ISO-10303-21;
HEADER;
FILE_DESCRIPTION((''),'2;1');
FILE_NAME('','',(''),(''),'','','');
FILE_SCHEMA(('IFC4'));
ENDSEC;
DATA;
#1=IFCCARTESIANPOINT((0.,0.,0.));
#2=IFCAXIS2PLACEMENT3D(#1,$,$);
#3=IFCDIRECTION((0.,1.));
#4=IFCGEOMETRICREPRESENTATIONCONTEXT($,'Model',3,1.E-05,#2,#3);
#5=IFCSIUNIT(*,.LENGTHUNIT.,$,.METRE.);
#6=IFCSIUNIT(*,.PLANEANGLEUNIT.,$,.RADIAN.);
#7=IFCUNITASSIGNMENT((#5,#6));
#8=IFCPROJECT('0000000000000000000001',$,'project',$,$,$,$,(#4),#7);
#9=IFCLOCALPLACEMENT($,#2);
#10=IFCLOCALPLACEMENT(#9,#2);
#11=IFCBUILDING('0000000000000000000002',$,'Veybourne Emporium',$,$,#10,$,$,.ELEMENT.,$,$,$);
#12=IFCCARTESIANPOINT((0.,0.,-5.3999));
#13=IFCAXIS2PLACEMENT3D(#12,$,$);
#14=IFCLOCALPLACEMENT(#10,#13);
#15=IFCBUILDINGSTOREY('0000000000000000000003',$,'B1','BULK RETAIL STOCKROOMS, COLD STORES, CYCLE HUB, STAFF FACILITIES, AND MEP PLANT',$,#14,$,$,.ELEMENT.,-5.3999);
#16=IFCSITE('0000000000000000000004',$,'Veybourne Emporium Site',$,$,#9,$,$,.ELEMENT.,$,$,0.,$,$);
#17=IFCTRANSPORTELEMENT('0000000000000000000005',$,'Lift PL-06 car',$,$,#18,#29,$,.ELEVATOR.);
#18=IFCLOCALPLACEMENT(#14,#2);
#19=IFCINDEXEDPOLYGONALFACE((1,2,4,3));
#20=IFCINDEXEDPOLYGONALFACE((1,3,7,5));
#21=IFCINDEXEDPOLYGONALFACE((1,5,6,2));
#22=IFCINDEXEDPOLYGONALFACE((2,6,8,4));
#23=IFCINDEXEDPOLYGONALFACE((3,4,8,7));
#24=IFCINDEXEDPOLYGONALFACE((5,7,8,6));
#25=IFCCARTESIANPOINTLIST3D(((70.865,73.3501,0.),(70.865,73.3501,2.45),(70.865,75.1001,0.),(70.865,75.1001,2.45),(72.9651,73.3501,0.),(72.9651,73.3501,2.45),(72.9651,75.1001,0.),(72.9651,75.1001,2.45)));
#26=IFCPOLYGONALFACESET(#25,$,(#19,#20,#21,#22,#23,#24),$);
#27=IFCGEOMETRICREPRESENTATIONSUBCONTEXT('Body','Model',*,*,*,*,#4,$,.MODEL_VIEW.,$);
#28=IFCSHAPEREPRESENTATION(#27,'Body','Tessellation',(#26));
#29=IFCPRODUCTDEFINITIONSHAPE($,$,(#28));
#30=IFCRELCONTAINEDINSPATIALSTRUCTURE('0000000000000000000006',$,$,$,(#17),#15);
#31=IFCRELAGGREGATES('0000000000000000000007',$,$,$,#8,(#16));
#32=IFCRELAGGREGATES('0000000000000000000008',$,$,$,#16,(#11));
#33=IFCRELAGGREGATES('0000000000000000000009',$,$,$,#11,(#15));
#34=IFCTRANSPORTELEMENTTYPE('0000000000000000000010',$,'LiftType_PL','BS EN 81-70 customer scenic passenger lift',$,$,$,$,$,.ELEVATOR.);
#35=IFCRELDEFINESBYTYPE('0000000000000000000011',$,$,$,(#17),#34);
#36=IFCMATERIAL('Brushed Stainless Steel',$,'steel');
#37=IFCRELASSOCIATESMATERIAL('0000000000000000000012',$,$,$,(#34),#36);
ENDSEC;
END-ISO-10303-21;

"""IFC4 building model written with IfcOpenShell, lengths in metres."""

from ifc_helpers import new_model, si_unit, direction, frame, origin, origin_2d, place, context, subcontext, project, spatial, rectangle, extrude, material, type_object, element, save


model = new_model("IFC4")

# Units and contexts
model_context = context("Model", 3, precision=1e-05, world=origin(), true_north=direction((0.0, 1.0)))
body_context = subcontext(model_context, "Body", "Model", "MODEL_VIEW")
ifc_project = project(units=[si_unit("LENGTHUNIT", "METRE"), si_unit("PLANEANGLEUNIT", "RADIAN")], contexts=[model_context])

# Site, building, storey
site_placement = place(None, origin())
site = spatial("IfcSite", under=ifc_project, at=site_placement, Name="Veybourne Emporium Site", CompositionType="ELEMENT", RefElevation=0.0)
building_placement = place(site_placement, origin())
building = spatial("IfcBuilding", under=site, at=building_placement, Name="Veybourne Emporium", CompositionType="ELEMENT")
storey_placement = place(building_placement, frame((0.0, 0.0, -5.3999)))
storey = spatial("IfcBuildingStorey", under=building, at=storey_placement, Name="B1", Description="BULK RETAIL STOCKROOMS, COLD STORES, CYCLE HUB, STAFF FACILITIES, AND MEP PLANT", CompositionType="ELEMENT", Elevation=-5.3999)

# Transport element
ifc_material_1 = material(Name="Brushed Stainless Steel", Category="steel")
transport_element_type = type_object("IfcTransportElementType", Name="LiftType_PL", Description="BS EN 81-70 customer scenic passenger lift", PredefinedType="ELEVATOR", material=ifc_material_1)
transport_element_placement = place(storey_placement, frame((71.915, 74.2251, 0.0), z_axis=(0.0, 0.0, 1.0), x_axis=(1.0, 0.0, 0.0)))
element("IfcTransportElement", 1, at=transport_element_placement, inside=storey, type_object=transport_element_type, Name="Lift PL-06 car", PredefinedType="ELEVATOR", context=body_context, shape_type="SweptSolid", body=[
    extrude(rectangle(XDim=2.1001, YDim=1.75, at=origin_2d()), origin(), (0.0, 0.0, 1.0), 2.45),
])

save(model, "model.ifc")
